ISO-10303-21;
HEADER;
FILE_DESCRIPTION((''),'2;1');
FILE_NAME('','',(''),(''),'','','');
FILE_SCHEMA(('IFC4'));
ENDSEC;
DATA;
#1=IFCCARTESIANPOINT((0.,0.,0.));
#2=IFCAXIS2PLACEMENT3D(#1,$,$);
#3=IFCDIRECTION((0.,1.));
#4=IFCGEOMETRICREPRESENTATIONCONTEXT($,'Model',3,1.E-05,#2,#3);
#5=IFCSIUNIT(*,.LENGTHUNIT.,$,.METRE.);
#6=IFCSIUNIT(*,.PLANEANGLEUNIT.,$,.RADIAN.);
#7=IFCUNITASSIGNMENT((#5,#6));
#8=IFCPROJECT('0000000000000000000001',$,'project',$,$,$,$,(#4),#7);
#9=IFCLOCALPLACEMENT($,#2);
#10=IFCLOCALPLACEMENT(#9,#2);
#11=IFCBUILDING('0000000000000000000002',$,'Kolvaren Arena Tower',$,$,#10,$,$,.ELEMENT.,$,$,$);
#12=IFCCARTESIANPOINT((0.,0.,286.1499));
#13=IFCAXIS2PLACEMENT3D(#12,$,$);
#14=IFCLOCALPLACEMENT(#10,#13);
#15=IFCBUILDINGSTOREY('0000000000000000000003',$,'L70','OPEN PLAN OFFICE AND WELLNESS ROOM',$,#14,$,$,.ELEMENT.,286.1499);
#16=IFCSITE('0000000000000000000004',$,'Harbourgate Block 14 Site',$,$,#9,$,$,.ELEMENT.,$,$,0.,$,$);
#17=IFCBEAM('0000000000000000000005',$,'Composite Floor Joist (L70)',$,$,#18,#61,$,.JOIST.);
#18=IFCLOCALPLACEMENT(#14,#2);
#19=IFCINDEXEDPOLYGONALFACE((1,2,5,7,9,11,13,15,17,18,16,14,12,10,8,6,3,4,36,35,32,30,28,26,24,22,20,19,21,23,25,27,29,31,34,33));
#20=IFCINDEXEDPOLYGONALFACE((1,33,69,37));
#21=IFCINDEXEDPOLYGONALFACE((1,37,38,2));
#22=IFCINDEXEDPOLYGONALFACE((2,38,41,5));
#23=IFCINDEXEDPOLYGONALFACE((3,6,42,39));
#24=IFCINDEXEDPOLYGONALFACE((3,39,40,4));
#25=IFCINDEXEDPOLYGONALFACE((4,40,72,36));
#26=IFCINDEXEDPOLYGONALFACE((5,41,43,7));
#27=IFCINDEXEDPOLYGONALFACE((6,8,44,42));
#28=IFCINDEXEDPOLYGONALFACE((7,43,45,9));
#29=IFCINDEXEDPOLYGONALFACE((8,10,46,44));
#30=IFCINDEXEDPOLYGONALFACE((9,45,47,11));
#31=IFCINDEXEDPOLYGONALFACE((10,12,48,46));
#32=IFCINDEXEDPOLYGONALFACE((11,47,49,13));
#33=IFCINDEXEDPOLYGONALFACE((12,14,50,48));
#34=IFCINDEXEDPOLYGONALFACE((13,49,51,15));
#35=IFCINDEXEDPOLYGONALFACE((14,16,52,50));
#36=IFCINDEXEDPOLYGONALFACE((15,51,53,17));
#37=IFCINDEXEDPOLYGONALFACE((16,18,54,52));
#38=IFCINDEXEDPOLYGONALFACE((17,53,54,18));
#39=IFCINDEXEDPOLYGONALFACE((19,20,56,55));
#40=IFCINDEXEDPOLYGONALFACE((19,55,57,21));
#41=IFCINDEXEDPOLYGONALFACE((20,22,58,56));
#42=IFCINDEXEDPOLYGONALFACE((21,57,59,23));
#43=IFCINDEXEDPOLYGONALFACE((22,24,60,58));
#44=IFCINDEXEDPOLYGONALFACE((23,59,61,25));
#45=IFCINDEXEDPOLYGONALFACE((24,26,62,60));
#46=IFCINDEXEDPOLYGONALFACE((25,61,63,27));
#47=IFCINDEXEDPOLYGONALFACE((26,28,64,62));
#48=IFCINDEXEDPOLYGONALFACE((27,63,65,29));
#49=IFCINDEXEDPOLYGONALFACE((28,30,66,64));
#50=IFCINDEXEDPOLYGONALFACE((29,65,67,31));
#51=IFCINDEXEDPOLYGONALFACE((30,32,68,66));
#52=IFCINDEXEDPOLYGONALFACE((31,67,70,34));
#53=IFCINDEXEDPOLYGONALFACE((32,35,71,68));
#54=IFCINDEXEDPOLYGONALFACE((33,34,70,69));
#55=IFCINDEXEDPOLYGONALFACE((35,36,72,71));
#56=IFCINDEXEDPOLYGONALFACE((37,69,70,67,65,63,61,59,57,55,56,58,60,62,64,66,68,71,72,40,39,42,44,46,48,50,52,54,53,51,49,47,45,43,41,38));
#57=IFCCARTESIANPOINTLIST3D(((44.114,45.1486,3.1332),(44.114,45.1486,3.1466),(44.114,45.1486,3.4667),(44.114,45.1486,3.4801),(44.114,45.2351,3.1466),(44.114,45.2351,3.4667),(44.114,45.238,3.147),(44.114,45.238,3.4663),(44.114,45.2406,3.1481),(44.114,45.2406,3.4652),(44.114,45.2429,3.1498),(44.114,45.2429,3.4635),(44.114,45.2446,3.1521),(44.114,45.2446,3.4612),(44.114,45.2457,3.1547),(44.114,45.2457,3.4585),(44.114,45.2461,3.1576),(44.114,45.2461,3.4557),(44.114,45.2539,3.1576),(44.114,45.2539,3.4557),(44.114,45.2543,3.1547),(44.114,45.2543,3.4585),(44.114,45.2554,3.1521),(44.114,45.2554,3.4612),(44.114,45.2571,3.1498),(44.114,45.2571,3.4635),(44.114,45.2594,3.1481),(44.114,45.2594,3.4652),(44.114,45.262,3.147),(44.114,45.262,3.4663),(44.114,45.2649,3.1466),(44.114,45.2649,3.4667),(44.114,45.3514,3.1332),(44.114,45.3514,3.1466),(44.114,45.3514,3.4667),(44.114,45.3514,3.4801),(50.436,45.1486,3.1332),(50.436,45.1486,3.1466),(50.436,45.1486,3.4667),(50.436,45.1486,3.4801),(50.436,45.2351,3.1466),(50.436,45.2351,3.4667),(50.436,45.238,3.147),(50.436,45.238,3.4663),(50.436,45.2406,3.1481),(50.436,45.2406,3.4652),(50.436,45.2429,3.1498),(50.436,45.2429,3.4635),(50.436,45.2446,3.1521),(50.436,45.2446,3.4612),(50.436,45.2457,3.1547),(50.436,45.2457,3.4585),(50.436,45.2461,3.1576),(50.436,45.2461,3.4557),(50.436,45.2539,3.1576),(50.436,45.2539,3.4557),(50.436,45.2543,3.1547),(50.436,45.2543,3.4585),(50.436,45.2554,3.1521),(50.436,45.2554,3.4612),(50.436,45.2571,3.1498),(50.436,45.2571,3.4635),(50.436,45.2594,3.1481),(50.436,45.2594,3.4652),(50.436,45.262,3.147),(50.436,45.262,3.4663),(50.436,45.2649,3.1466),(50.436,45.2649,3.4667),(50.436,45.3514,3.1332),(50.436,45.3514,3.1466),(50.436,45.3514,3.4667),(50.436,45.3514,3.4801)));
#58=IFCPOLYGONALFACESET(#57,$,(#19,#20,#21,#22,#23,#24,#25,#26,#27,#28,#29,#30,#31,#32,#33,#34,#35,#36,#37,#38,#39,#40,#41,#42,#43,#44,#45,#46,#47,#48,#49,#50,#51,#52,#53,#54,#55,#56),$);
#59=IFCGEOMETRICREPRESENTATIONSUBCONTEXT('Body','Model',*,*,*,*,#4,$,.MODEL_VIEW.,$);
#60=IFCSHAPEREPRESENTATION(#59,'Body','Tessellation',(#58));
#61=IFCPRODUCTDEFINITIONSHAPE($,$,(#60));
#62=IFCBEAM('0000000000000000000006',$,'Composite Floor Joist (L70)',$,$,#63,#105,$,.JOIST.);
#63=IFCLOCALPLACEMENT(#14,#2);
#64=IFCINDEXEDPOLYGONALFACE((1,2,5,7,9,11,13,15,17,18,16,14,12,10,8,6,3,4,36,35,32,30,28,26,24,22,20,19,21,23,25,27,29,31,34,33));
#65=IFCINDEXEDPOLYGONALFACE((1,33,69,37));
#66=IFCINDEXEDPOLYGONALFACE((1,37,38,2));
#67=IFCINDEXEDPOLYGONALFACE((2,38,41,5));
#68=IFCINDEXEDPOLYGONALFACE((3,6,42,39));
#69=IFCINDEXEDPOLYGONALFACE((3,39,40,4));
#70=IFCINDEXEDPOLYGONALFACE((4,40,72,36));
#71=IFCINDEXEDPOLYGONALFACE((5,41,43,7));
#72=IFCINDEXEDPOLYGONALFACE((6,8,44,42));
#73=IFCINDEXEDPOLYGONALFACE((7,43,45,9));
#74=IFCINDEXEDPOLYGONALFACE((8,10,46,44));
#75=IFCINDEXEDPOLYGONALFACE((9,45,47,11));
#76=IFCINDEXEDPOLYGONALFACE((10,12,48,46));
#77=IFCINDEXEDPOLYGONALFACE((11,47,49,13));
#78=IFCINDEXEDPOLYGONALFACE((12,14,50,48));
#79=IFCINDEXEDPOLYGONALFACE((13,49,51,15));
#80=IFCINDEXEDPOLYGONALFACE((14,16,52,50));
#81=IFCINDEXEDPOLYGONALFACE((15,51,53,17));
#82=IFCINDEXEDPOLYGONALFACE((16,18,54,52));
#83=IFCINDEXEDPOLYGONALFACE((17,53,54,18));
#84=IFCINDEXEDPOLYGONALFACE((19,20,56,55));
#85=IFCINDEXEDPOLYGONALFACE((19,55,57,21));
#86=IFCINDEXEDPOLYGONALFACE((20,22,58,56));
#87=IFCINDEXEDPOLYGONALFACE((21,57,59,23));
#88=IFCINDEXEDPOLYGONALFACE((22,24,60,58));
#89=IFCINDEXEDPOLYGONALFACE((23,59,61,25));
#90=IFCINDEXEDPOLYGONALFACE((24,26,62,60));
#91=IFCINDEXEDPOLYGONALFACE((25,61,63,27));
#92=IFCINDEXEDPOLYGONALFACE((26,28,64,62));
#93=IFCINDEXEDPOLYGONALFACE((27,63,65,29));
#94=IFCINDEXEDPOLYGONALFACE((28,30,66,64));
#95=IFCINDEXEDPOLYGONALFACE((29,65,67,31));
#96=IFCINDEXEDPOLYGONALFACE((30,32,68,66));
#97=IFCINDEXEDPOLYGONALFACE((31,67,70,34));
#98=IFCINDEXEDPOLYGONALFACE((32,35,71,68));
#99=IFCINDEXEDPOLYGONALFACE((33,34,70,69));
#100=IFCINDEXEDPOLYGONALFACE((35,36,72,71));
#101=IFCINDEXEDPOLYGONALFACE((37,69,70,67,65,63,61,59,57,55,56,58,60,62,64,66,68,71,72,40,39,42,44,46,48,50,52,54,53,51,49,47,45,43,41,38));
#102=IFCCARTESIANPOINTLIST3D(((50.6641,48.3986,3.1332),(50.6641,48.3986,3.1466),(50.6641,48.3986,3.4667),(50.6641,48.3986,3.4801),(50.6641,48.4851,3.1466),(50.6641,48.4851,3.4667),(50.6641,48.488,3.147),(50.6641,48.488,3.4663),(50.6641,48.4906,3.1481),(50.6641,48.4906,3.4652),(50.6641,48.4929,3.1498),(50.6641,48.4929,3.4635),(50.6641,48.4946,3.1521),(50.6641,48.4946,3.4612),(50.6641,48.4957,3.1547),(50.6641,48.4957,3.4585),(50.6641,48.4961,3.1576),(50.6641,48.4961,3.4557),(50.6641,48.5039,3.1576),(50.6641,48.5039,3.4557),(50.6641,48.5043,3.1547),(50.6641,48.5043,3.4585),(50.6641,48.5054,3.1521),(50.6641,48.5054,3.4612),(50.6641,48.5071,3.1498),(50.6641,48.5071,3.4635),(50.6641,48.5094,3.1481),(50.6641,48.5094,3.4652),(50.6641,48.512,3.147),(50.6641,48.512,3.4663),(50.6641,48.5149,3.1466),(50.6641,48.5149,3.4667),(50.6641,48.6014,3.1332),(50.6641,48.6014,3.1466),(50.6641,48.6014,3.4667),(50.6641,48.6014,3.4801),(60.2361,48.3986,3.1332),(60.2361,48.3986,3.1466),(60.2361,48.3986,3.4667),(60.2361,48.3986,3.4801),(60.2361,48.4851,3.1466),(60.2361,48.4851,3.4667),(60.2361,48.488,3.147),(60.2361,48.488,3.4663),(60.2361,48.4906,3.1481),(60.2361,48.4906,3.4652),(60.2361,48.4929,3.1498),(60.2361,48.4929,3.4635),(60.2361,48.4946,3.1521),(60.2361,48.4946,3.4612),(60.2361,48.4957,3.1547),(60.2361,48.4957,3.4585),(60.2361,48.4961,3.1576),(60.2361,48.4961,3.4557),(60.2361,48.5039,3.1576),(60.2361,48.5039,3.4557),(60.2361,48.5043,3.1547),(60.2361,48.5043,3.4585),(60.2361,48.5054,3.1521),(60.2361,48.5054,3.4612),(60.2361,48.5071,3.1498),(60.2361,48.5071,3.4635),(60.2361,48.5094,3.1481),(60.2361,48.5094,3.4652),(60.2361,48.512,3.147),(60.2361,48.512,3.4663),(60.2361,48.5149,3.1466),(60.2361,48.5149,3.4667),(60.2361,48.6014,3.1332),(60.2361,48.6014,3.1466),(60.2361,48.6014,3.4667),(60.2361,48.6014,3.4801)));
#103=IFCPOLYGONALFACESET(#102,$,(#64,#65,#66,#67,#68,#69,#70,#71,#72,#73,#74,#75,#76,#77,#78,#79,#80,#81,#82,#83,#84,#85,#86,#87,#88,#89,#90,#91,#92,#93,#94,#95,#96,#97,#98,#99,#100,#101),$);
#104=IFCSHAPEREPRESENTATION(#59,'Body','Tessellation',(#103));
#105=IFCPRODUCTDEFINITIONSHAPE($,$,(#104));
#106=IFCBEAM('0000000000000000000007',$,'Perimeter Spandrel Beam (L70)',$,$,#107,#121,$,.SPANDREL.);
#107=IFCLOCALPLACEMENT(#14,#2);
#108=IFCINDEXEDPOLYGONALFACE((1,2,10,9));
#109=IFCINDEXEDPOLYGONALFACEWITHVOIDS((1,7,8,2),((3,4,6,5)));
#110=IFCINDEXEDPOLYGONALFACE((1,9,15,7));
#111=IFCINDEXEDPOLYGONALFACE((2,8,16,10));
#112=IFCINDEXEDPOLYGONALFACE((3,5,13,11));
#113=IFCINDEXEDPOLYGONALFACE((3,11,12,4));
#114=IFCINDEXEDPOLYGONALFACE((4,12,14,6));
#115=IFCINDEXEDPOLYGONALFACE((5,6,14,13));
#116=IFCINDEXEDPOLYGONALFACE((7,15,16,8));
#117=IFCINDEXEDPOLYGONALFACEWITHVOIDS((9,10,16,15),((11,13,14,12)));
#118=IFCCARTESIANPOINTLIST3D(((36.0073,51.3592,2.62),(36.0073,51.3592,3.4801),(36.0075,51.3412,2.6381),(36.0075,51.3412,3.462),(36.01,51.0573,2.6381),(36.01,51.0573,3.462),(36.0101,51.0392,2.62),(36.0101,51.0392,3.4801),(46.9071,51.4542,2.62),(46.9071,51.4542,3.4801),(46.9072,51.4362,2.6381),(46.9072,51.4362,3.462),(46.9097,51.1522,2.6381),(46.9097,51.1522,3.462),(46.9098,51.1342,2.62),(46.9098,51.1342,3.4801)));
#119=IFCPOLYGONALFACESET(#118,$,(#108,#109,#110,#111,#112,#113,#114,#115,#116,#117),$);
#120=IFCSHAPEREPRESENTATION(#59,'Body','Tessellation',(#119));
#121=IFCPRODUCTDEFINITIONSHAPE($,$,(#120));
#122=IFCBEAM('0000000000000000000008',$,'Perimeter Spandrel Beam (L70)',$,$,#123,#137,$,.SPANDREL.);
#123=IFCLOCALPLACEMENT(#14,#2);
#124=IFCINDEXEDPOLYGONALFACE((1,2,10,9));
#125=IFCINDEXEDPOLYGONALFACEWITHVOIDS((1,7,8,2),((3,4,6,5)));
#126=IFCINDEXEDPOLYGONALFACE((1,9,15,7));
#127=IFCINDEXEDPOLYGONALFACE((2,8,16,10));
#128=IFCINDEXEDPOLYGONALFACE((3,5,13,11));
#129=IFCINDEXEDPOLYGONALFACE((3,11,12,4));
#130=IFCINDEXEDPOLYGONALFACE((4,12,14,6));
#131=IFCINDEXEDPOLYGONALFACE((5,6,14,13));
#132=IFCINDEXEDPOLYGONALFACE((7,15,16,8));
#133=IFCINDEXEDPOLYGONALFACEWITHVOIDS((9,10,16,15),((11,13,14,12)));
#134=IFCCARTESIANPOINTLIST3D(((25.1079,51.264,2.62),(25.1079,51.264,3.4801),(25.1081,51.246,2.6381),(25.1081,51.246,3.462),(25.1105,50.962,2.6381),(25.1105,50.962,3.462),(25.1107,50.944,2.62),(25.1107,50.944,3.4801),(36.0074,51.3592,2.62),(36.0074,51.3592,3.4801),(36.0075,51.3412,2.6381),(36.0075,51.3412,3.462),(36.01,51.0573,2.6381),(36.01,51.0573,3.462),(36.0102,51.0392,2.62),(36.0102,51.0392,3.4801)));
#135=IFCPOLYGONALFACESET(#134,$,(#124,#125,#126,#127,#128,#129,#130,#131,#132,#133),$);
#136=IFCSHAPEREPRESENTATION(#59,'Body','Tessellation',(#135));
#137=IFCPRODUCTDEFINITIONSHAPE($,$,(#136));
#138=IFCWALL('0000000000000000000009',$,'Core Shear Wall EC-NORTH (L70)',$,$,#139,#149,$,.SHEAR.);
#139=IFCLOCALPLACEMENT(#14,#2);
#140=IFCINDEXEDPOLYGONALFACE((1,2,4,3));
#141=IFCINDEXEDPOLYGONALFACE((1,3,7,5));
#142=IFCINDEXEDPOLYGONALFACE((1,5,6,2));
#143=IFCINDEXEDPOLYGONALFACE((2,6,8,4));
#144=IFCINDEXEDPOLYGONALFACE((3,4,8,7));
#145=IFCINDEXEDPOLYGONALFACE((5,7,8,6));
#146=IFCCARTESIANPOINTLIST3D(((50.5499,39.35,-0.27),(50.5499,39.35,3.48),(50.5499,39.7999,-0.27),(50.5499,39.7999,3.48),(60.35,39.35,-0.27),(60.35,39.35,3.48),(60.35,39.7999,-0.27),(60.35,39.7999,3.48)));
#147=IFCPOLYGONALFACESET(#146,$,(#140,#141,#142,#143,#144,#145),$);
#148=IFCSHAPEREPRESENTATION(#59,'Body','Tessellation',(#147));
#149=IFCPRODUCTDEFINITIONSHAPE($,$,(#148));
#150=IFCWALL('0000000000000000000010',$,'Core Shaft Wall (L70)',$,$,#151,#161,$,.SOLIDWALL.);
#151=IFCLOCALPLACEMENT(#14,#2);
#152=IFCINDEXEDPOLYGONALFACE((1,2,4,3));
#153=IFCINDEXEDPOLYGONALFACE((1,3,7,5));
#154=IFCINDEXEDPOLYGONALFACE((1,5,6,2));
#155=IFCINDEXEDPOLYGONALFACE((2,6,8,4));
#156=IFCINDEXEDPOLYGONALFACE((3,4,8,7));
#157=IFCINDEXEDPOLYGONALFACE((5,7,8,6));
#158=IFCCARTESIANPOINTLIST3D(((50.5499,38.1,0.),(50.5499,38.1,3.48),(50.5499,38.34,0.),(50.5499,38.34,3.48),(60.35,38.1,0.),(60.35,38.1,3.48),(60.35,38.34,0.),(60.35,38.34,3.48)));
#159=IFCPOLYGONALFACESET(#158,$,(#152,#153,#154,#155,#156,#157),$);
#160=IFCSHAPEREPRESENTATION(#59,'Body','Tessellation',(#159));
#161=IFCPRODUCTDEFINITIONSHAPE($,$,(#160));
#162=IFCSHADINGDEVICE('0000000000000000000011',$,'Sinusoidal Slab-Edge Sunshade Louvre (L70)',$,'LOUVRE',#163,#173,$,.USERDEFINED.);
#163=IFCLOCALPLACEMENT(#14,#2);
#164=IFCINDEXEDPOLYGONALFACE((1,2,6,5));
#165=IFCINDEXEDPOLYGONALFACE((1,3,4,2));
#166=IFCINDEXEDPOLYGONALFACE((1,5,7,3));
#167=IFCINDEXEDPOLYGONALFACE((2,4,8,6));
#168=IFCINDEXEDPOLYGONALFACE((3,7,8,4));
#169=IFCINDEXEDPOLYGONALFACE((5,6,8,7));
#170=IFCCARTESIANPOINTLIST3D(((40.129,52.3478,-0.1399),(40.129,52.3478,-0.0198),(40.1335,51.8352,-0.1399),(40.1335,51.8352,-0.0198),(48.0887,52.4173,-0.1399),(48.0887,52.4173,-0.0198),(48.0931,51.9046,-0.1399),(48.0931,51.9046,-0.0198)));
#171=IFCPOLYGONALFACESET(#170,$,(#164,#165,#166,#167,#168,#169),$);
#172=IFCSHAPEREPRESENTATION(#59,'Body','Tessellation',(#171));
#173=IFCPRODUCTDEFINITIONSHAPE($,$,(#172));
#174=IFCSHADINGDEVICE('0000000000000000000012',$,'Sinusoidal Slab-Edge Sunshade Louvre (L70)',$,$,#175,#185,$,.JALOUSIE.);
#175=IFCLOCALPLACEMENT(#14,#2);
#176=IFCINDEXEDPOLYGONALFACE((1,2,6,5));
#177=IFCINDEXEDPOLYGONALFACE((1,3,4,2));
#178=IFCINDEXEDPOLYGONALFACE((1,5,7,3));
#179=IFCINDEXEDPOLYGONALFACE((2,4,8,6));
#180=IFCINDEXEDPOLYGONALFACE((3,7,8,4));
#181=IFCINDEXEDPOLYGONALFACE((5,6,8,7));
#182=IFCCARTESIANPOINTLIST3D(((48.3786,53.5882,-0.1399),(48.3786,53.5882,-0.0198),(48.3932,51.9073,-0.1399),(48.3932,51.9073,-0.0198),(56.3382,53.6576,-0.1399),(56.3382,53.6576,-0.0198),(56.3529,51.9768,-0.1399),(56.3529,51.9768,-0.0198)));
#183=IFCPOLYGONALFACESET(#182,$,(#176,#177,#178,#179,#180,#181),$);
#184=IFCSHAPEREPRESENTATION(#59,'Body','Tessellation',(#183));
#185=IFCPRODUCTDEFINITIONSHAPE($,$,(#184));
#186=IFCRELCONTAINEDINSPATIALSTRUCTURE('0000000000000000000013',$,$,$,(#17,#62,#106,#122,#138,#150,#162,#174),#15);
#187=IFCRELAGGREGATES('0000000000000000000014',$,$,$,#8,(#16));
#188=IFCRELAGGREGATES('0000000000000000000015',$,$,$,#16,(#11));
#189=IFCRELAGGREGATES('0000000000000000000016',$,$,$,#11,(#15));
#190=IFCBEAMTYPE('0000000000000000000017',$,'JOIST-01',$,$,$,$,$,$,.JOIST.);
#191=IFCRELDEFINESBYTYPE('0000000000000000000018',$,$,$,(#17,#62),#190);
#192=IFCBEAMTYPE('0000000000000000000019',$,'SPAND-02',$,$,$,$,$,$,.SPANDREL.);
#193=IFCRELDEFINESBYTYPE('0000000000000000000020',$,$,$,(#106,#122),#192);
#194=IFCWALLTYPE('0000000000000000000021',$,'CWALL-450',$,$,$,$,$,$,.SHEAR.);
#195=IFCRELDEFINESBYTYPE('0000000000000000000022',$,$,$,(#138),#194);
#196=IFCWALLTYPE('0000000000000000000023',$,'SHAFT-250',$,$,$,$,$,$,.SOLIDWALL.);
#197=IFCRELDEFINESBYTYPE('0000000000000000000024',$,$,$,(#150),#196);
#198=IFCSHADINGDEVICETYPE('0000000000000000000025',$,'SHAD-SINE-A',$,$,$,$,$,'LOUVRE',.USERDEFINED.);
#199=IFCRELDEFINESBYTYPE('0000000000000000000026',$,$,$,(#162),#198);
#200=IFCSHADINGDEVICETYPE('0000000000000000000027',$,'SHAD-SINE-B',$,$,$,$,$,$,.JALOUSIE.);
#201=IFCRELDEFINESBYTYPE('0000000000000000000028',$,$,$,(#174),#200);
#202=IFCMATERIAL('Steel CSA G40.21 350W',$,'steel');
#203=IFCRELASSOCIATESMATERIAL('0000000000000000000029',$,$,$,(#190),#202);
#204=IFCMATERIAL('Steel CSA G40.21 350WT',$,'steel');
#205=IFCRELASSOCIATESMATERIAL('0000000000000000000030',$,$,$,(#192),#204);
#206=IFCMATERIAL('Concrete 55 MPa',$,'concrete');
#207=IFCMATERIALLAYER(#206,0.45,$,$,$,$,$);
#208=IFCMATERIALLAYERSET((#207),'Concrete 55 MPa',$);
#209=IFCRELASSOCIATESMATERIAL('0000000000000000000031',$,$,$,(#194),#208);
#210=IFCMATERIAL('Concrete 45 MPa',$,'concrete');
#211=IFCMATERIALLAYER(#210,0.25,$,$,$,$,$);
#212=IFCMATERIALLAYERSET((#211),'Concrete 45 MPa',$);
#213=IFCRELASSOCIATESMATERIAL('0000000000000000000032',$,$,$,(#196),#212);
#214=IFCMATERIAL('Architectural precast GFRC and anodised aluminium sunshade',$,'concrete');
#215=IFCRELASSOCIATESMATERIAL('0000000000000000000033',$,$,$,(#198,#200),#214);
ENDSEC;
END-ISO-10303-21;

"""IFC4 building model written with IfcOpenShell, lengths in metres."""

from ifc_helpers import new_model, si_unit, direction, frame, frame_2d, origin, origin_2d, place, context, subcontext, project, spatial, rectangle, hollow_rectangle, i_section, extrude, material, layer, layer_set, material_profile, profile_set, type_object, element, save


model = new_model("IFC4")

# Units and contexts
model_context = context("Model", 3, precision=1e-05, world=origin(), true_north=direction((0.0, 1.0)))
body_context = subcontext(model_context, "Body", "Model", "MODEL_VIEW")
ifc_project = project(units=[si_unit("LENGTHUNIT", "METRE"), si_unit("PLANEANGLEUNIT", "RADIAN")], contexts=[model_context])

# Site, building, storey
site_placement = place(None, origin())
site = spatial("IfcSite", under=ifc_project, at=site_placement, Name="Harbourgate Block 14 Site", CompositionType="ELEMENT", RefElevation=0.0)
building_placement = place(site_placement, origin())
building = spatial("IfcBuilding", under=site, at=building_placement, Name="Kolvaren Arena Tower", CompositionType="ELEMENT")
storey_placement = place(building_placement, frame((0.0, 0.0, 286.1499)))
storey = spatial("IfcBuildingStorey", under=building, at=storey_placement, Name="L70", Description="OPEN PLAN OFFICE AND WELLNESS ROOM", CompositionType="ELEMENT", Elevation=286.1499)

# Beams
ifc_material_1 = material(Name="Steel CSA G40.21 350W", Category="steel")
ifc_material_profile_1 = material_profile(ifc_material_1, i_section(OverallWidth=0.2029, OverallDepth=0.3469, WebThickness=0.0078, FlangeThickness=0.0134, FilletRadius=0.011, at=origin_2d()), Name="W360x64")
ifc_profile_set_1 = profile_set([ifc_material_profile_1], Name="Steel CSA G40.21 350W")
beam_type_1 = type_object("IfcBeamType", Name="JOIST-01", PredefinedType="JOIST", material=ifc_profile_set_1)
beam_1_placement = place(storey_placement, frame((44.114, 45.25, 3.3066), z_axis=(1.0, 0.0, 0.0), x_axis=(0.0, 1.0, 0.0)))
element("IfcBeam", 1, at=beam_1_placement, inside=storey, type_object=beam_type_1, Name="Composite Floor Joist (L70)", PredefinedType="JOIST", context=body_context, shape_type="SweptSolid", body=[
    extrude(i_section(OverallWidth=0.2029, OverallDepth=0.3469, WebThickness=0.0078, FlangeThickness=0.0134, FilletRadius=0.011, at=origin_2d()), origin(), (0.0, 0.0, 1.0), 6.322),
])
beam_2_placement = place(storey_placement, frame((50.6641, 48.5, 3.3066), z_axis=(1.0, 0.0, 0.0), x_axis=(0.0, 1.0, 0.0)))
element("IfcBeam", 2, at=beam_2_placement, inside=storey, type_object=beam_type_1, Name="Composite Floor Joist (L70)", PredefinedType="JOIST", context=body_context, shape_type="SweptSolid", body=[
    extrude(i_section(OverallWidth=0.2029, OverallDepth=0.3469, WebThickness=0.0078, FlangeThickness=0.0134, FilletRadius=0.011, at=origin_2d()), origin(), (0.0, 0.0, 1.0), 9.572),
])
ifc_material_2 = material(Name="Steel CSA G40.21 350WT", Category="steel")
ifc_material_profile_2 = material_profile(ifc_material_2, hollow_rectangle(XDim=0.3201, YDim=0.8601, WallThickness=0.0181, at=origin_2d()), Name="HSS 860x320x18")
ifc_profile_set_2 = profile_set([ifc_material_profile_2], Name="Steel CSA G40.21 350WT")
beam_type_2 = type_object("IfcBeamType", Name="SPAND-02", PredefinedType="SPANDREL", material=ifc_profile_set_2)
beam_3_placement = place(storey_placement, frame((46.9084, 51.2942, 3.05), z_axis=(-0.999962, -0.008713, 0.0), x_axis=(0.008713, -0.999962, 0.0)))
element("IfcBeam", 3, at=beam_3_placement, inside=storey, type_object=beam_type_2, Name="Perimeter Spandrel Beam (L70)", PredefinedType="SPANDREL", context=body_context, shape_type="SweptSolid", body=[
    extrude(hollow_rectangle(XDim=0.3201, YDim=0.8601, WallThickness=0.0181, at=origin_2d()), origin(), (0.0, 0.0, 1.0), 10.9001),
])
beam_4_placement = place(storey_placement, frame((36.0088, 51.1992, 3.05), z_axis=(-0.999962, -0.008735, 0.0), x_axis=(0.008735, -0.999962, 0.0)))
element("IfcBeam", 4, at=beam_4_placement, inside=storey, type_object=beam_type_2, Name="Perimeter Spandrel Beam (L70)", PredefinedType="SPANDREL", context=body_context, shape_type="SweptSolid", body=[
    extrude(hollow_rectangle(XDim=0.3201, YDim=0.8601, WallThickness=0.0181, at=origin_2d()), origin(), (0.0, 0.0, 1.0), 10.8999),
])

# Walls
ifc_material_3 = material(Name="Concrete 55 MPa", Category="concrete")
ifc_layer_1 = layer(ifc_material_3, 0.45)
ifc_layer_set_1 = layer_set([ifc_layer_1], Name="Concrete 55 MPa")
wall_type_1 = type_object("IfcWallType", Name="CWALL-450", PredefinedType="SHEAR", material=ifc_layer_set_1)
wall_1_placement = place(storey_placement, frame((50.55, 39.575, -0.27), z_axis=(0.0, 0.0, 1.0), x_axis=(1.0, 0.0, 0.0)))
element("IfcWall", 5, at=wall_1_placement, inside=storey, type_object=wall_type_1, Name="Core Shear Wall EC-NORTH (L70)", PredefinedType="SHEAR", context=body_context, shape_type="SweptSolid", body=[
    extrude(rectangle(XDim=9.8, YDim=0.45, at=frame_2d((4.8999, 0.0))), origin(), (0.0, 0.0, 1.0), 3.75),
])
ifc_material_4 = material(Name="Concrete 45 MPa", Category="concrete")
ifc_layer_2 = layer(ifc_material_4, 0.25)
ifc_layer_set_2 = layer_set([ifc_layer_2], Name="Concrete 45 MPa")
wall_type_2 = type_object("IfcWallType", Name="SHAFT-250", PredefinedType="SOLIDWALL", material=ifc_layer_set_2)
wall_2_placement = place(storey_placement, frame((50.55, 38.22, 0.0), z_axis=(0.0, 0.0, 1.0), x_axis=(1.0, 0.0, 0.0)))
element("IfcWall", 6, at=wall_2_placement, inside=storey, type_object=wall_type_2, Name="Core Shaft Wall (L70)", PredefinedType="SOLIDWALL", context=body_context, shape_type="SweptSolid", body=[
    extrude(rectangle(XDim=9.8, YDim=0.24, at=frame_2d((4.8999, 0.0))), origin(), (0.0, 0.0, 1.0), 3.48),
])

# Shading devices
ifc_material_5 = material(Name="Architectural precast GFRC and anodised aluminium sunshade", Category="concrete")
shading_device_type_1 = type_object("IfcShadingDeviceType", Name="SHAD-SINE-A", ElementType="LOUVRE", PredefinedType="USERDEFINED", material=ifc_material_5)
shading_device_1_placement = place(storey_placement, frame((44.1111, 52.1262, -0.1399), z_axis=(0.0, 0.0, 1.0), x_axis=(0.999962, 0.008727, 0.0)))
element("IfcShadingDevice", 7, at=shading_device_1_placement, inside=storey, type_object=shading_device_type_1, Name="Sinusoidal Slab-Edge Sunshade Louvre (L70)", ObjectType="LOUVRE", PredefinedType="USERDEFINED", context=body_context, shape_type="SweptSolid", body=[
    extrude(rectangle(XDim=7.96, YDim=0.5127, at=origin_2d()), origin(), (0.0, 0.0, 1.0), 0.1201),
])
shading_device_type_2 = type_object("IfcShadingDeviceType", Name="SHAD-SINE-B", PredefinedType="JALOUSIE", material=ifc_material_5)
shading_device_2_placement = place(storey_placement, frame((52.3657, 52.7825, -0.1399), z_axis=(0.0, 0.0, 1.0), x_axis=(0.999962, 0.008727, 0.0)))
element("IfcShadingDevice", 8, at=shading_device_2_placement, inside=storey, type_object=shading_device_type_2, Name="Sinusoidal Slab-Edge Sunshade Louvre (L70)", PredefinedType="JALOUSIE", context=body_context, shape_type="SweptSolid", body=[
    extrude(rectangle(XDim=7.96, YDim=1.6809, at=origin_2d()), origin(), (0.0, 0.0, 1.0), 0.1201),
])

save(model, "model.ifc")
